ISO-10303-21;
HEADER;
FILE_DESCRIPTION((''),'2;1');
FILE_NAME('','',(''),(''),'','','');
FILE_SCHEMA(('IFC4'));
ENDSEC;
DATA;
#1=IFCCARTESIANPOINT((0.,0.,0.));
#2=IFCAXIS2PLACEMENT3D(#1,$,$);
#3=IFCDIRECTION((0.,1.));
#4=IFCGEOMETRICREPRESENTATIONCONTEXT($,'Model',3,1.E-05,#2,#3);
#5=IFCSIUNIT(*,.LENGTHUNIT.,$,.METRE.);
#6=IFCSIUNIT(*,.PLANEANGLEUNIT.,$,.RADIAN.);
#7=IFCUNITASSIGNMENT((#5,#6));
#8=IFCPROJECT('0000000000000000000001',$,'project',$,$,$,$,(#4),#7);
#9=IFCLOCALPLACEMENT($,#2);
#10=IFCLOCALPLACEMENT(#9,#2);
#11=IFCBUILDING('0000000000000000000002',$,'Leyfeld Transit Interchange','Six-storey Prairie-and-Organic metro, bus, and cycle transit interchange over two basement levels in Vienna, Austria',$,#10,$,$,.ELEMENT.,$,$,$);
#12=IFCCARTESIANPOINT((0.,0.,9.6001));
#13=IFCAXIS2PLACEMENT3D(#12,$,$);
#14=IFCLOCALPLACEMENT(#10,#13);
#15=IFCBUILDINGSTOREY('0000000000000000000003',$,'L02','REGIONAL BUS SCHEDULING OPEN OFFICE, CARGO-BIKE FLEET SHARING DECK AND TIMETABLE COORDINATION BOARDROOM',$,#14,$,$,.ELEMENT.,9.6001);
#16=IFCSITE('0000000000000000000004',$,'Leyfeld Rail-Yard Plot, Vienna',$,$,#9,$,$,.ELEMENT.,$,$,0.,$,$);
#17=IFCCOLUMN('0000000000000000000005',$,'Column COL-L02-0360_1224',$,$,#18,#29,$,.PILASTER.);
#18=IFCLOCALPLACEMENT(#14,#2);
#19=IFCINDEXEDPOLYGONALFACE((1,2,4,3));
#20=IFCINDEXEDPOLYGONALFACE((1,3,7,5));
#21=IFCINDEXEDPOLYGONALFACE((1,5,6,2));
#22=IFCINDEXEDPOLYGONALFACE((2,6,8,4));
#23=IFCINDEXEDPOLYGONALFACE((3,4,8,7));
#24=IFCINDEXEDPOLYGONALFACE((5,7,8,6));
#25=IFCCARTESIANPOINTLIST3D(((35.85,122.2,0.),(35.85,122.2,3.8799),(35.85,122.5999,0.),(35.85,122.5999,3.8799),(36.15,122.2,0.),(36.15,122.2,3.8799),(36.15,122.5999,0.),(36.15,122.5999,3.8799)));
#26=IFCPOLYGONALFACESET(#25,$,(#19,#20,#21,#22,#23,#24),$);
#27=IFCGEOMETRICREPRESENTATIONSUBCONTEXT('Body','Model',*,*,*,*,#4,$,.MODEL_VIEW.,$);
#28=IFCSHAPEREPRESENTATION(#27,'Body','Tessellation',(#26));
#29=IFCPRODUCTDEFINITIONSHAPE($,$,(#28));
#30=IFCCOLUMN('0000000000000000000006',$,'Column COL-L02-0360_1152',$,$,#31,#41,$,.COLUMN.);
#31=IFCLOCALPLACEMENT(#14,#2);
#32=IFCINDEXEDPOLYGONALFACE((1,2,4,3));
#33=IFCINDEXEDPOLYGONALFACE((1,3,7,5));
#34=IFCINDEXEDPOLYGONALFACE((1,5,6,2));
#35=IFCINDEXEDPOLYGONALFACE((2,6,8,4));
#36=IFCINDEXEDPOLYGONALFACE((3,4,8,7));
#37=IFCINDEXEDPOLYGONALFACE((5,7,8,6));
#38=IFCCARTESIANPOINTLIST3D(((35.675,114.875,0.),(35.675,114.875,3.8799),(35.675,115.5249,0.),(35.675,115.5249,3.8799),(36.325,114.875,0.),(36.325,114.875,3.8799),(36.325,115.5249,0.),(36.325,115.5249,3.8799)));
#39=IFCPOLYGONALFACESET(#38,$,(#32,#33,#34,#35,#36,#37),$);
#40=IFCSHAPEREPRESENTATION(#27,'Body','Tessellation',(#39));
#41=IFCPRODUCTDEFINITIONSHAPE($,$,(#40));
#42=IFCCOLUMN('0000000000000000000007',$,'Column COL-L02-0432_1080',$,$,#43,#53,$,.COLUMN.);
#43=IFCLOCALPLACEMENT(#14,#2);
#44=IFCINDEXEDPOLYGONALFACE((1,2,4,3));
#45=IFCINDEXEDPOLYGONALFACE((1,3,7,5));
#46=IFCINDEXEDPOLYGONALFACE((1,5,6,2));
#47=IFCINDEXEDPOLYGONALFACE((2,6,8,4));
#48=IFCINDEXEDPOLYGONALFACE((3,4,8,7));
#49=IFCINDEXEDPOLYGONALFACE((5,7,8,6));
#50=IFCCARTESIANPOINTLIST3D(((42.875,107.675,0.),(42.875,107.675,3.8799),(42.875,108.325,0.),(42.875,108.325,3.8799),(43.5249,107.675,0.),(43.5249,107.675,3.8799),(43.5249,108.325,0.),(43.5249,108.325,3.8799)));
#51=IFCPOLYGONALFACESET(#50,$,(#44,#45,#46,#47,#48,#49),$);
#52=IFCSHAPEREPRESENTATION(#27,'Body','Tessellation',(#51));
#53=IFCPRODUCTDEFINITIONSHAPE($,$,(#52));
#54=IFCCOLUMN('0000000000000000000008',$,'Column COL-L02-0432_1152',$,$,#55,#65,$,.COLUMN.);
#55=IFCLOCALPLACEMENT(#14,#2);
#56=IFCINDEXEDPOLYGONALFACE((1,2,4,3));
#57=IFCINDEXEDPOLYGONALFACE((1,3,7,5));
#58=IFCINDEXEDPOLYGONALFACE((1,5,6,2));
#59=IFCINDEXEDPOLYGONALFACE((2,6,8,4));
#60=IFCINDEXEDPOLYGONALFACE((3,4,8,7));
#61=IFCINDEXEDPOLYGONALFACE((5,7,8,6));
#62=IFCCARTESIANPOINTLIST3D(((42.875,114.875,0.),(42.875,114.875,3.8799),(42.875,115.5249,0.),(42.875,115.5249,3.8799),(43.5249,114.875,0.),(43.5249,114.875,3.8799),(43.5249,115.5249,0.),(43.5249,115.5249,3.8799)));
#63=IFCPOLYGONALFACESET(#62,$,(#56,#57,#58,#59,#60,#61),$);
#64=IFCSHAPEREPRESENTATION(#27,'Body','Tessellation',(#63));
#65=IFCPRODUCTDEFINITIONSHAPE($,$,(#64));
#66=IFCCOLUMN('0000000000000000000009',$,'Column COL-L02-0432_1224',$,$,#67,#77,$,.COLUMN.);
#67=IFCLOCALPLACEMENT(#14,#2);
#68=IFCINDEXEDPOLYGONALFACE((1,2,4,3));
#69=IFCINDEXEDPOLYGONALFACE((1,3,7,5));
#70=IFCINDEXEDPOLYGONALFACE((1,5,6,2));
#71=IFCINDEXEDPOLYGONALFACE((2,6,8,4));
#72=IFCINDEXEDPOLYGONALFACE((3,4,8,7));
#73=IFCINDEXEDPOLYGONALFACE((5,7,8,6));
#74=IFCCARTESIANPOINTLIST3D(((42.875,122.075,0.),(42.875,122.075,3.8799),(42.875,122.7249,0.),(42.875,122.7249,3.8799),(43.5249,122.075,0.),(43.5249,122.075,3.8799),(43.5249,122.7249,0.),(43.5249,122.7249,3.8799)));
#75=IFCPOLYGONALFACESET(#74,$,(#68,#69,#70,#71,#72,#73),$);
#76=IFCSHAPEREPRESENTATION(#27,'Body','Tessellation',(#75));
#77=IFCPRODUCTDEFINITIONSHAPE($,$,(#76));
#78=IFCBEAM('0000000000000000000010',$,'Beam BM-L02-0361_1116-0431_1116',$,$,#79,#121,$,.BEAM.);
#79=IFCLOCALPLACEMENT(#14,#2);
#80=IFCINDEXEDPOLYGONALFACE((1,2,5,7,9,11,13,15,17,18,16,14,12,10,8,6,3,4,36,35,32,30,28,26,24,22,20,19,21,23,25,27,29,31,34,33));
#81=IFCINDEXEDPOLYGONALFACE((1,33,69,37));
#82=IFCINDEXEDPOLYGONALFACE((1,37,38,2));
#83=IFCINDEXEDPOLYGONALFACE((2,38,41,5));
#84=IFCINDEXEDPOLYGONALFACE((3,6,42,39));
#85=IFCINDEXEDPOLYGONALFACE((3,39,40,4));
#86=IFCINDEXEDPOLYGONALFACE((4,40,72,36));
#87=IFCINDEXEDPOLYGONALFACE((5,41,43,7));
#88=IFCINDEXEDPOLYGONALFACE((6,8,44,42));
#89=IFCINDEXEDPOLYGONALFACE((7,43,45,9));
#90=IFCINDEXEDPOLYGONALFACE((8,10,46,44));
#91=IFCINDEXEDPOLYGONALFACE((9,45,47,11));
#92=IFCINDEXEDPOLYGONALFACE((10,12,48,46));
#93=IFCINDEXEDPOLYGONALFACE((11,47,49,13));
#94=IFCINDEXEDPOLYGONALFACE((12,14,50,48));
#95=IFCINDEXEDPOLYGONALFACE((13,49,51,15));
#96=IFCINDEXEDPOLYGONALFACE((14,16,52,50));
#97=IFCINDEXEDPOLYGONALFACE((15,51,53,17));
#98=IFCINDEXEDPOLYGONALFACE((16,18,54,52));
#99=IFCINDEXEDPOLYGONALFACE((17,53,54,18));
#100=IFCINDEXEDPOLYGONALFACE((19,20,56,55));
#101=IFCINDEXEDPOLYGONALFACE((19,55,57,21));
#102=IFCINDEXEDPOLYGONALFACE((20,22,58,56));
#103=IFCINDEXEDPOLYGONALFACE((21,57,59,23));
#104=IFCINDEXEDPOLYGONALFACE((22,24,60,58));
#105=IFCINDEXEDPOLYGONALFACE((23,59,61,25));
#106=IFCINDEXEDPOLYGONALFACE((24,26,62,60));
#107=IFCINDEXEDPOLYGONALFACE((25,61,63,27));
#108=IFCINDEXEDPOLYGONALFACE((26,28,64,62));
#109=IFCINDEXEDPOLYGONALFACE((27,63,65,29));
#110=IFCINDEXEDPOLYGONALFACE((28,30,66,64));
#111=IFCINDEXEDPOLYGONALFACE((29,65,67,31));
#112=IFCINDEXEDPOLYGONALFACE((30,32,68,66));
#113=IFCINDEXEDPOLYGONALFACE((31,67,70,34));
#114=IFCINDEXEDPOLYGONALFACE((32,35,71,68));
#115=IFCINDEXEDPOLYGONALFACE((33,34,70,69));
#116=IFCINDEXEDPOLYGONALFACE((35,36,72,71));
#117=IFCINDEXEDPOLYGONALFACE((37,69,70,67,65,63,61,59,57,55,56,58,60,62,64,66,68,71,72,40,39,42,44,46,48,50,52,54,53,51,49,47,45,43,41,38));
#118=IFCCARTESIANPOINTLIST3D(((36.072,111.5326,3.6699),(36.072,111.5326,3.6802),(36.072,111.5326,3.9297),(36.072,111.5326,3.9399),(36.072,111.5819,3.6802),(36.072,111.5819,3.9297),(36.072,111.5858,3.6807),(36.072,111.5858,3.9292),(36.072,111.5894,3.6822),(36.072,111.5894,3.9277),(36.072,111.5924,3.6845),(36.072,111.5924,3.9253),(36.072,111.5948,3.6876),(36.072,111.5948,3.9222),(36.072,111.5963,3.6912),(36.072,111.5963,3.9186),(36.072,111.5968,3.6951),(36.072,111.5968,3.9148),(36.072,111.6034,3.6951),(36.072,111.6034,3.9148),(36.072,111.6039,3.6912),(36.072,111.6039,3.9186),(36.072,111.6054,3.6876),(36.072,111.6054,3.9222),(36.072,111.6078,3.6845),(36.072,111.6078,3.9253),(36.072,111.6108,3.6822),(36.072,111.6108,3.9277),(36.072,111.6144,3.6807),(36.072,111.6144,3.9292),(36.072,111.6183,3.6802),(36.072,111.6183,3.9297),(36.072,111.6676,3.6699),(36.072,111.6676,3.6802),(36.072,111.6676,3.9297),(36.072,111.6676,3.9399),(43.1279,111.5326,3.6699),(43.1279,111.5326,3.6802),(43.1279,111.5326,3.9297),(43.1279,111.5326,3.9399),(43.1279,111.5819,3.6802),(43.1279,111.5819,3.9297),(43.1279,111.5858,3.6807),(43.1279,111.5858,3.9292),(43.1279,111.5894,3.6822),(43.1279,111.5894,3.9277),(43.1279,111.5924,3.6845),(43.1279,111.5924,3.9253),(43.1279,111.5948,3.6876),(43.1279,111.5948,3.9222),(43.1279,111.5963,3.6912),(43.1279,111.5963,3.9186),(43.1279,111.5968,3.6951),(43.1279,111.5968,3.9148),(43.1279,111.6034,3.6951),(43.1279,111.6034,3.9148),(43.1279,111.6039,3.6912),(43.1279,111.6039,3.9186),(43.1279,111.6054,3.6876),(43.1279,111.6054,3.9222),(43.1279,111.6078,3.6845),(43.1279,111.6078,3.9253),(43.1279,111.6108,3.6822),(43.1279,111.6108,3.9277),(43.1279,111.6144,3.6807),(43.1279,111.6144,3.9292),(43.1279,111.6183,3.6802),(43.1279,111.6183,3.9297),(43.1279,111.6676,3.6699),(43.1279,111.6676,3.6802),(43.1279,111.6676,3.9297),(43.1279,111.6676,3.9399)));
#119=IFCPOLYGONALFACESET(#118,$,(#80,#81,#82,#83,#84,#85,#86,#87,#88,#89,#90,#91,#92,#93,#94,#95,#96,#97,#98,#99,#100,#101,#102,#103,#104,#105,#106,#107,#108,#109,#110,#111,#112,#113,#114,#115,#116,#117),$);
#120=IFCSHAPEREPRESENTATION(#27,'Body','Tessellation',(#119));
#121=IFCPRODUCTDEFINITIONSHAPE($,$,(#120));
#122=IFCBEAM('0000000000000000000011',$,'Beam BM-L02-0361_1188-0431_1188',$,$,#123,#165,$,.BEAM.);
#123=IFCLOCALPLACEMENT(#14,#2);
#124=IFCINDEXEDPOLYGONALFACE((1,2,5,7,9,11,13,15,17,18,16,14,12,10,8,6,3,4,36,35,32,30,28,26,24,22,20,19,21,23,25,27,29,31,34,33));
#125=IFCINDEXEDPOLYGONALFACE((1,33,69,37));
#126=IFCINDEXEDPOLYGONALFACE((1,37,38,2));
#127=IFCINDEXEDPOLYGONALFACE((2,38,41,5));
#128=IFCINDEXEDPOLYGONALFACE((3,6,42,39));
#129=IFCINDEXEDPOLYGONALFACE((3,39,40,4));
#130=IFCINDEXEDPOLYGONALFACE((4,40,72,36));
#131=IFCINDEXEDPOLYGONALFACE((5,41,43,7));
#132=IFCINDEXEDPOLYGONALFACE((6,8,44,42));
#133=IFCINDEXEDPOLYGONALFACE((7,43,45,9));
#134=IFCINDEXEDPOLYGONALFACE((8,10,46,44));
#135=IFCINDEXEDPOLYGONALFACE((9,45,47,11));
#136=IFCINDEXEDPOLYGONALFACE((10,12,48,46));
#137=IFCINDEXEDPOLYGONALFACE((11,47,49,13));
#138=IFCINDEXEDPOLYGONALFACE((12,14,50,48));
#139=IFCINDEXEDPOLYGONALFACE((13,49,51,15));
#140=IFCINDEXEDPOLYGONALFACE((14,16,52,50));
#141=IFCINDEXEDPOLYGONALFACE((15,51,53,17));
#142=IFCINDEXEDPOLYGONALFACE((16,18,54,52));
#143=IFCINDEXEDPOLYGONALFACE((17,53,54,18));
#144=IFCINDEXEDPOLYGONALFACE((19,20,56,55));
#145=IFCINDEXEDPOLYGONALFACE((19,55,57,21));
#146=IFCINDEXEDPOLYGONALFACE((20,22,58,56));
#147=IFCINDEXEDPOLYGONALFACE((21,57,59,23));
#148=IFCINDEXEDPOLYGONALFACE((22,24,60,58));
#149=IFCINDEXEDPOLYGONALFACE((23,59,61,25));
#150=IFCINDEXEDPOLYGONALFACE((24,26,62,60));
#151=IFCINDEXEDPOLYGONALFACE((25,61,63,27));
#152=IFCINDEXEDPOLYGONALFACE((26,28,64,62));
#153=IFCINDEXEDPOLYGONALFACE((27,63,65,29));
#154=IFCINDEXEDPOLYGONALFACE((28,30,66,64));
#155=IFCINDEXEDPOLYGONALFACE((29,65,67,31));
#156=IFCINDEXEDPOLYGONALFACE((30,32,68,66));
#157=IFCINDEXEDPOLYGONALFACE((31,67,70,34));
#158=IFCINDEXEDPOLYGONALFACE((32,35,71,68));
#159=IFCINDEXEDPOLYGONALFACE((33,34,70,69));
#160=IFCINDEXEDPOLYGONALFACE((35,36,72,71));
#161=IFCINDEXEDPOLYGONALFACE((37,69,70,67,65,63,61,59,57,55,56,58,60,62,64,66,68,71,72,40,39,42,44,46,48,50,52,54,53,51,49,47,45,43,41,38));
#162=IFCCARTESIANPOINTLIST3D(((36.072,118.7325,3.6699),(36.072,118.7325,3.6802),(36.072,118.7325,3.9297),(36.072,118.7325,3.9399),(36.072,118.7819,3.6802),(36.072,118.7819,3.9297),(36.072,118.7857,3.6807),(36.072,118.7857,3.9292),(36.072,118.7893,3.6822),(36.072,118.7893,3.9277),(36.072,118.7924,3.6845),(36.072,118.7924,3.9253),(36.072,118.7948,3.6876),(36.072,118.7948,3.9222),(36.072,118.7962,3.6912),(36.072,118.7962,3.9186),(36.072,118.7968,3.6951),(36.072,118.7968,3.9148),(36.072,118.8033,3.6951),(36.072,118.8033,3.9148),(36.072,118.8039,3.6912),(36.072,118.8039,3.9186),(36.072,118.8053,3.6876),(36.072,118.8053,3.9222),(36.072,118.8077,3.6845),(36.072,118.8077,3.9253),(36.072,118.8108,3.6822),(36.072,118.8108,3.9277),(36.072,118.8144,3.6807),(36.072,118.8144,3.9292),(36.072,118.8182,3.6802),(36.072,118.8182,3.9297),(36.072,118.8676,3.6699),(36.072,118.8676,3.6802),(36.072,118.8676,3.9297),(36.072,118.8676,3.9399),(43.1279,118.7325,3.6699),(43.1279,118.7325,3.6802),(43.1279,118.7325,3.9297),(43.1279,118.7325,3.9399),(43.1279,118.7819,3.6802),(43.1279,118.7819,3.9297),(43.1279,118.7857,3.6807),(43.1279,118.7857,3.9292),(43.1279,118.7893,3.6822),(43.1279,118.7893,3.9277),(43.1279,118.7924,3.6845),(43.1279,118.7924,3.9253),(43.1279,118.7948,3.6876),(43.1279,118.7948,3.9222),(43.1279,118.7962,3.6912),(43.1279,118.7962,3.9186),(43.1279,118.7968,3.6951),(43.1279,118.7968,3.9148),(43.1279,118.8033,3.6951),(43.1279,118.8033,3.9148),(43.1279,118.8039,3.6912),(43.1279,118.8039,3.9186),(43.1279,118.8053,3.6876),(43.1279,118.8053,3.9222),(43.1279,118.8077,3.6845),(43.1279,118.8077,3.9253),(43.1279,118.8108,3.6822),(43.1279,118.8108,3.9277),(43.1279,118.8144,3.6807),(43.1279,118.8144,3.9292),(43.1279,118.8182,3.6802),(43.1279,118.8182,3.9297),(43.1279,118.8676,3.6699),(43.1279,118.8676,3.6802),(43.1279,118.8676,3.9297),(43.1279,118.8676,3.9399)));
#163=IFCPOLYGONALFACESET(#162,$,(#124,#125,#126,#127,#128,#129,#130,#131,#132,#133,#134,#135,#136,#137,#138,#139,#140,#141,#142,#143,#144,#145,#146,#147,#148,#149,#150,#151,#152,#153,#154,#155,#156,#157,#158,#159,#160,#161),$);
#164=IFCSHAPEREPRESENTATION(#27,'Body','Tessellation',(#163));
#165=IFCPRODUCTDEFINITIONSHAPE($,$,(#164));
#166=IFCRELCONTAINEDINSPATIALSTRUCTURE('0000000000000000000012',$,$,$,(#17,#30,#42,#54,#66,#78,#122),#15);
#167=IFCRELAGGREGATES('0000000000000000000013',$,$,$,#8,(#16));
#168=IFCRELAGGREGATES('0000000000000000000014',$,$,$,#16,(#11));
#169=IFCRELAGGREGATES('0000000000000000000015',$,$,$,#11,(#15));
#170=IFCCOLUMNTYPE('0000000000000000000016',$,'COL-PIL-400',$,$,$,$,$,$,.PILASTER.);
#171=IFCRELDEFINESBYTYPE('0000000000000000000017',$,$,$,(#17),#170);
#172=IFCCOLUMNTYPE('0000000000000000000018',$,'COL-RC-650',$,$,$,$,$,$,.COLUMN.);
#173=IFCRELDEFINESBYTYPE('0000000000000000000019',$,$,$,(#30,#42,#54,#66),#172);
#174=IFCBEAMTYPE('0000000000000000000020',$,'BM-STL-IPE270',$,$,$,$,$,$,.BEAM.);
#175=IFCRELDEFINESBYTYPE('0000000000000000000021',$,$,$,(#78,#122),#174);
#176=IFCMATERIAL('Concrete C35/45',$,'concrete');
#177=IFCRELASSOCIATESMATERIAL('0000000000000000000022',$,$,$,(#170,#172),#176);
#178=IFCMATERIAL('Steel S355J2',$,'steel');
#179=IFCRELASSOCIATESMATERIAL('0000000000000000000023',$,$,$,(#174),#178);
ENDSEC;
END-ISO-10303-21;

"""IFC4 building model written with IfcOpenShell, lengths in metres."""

from ifc_helpers import new_model, si_unit, direction, frame, origin, origin_2d, place, context, subcontext, project, spatial, rectangle, i_section, extrude, material, material_profile, profile_set, type_object, element, save


model = new_model("IFC4")

# Units and contexts
model_context = context("Model", 3, precision=1e-05, world=origin(), true_north=direction((0.0, 1.0)))
body_context = subcontext(model_context, "Body", "Model", "MODEL_VIEW")
ifc_project = project(units=[si_unit("LENGTHUNIT", "METRE"), si_unit("PLANEANGLEUNIT", "RADIAN")], contexts=[model_context])

# Site, building, storey
site_placement = place(None, origin())
site = spatial("IfcSite", under=ifc_project, at=site_placement, Name="Leyfeld Rail-Yard Plot, Vienna", CompositionType="ELEMENT", RefElevation=0.0)
building_placement = place(site_placement, origin())
building = spatial("IfcBuilding", under=site, at=building_placement, Name="Leyfeld Transit Interchange", Description="Six-storey Prairie-and-Organic metro, bus, and cycle transit interchange over two basement levels in Vienna, Austria", CompositionType="ELEMENT")
storey_placement = place(building_placement, frame((0.0, 0.0, 9.6001)))
storey = spatial("IfcBuildingStorey", under=building, at=storey_placement, Name="L02", Description="REGIONAL BUS SCHEDULING OPEN OFFICE, CARGO-BIKE FLEET SHARING DECK AND TIMETABLE COORDINATION BOARDROOM", CompositionType="ELEMENT", Elevation=9.6001)

# Columns
ifc_material_1 = material(Name="Concrete C35/45", Category="concrete")
ifc_material_profile_1 = material_profile(ifc_material_1, rectangle(XDim=0.3, YDim=0.3999, at=origin_2d()), Name="RC 400x300")
ifc_profile_set_1 = profile_set([ifc_material_profile_1], Name="Concrete C35/45")
column_type_1 = type_object("IfcColumnType", Name="COL-PIL-400", PredefinedType="PILASTER", material=ifc_profile_set_1)
column_placement = place(storey_placement, frame((36.0, 122.3999, 0.0), z_axis=(0.0, 0.0, 1.0), x_axis=(1.0, 0.0, 0.0)))
element("IfcColumn", 1, at=column_placement, inside=storey, type_object=column_type_1, Name="Column COL-L02-0360_1224", PredefinedType="PILASTER", context=body_context, shape_type="SweptSolid", body=[
    extrude(rectangle(XDim=0.3, YDim=0.3999, at=origin_2d()), origin(), (0.0, 0.0, 1.0), 3.8799),
])
ifc_material_profile_2 = material_profile(ifc_material_1, rectangle(XDim=0.6499, YDim=0.6499, at=origin_2d()), Name="RC 650x650")
ifc_profile_set_2 = profile_set([ifc_material_profile_2], Name="Concrete C35/45")
column_type_2 = type_object("IfcColumnType", Name="COL-RC-650", PredefinedType="COLUMN", material=ifc_profile_set_2)
for number, where, z_axis, x_axis, name in (
    (2, (36.0, 115.2, 0.0), (0.0, 0.0, 1.0), (1.0, 0.0, 0.0), "Column COL-L02-0360_1152"),
    (3, (43.2, 108.0, 0.0), (0.0, 0.0, 1.0), (1.0, 0.0, 0.0), "Column COL-L02-0432_1080"),
    (4, (43.2, 115.2, 0.0), (0.0, 0.0, 1.0), (1.0, 0.0, 0.0), "Column COL-L02-0432_1152"),
    (5, (43.2, 122.3999, 0.0), (0.0, 0.0, 1.0), (1.0, 0.0, 0.0), "Column COL-L02-0432_1224"),
):
    element("IfcColumn", number, at=place(storey_placement, frame(where, z_axis=z_axis, x_axis=x_axis)), inside=storey, type_object=column_type_2, Name=name, PredefinedType="COLUMN", context=body_context, shape_type="SweptSolid", body=[
        extrude(rectangle(XDim=0.6499, YDim=0.6499, at=origin_2d()), origin(), (0.0, 0.0, 1.0), 3.8799),
    ])

# Beams
ifc_material_2 = material(Name="Steel S355J2", Category="steel")
ifc_material_profile_3 = material_profile(ifc_material_2, i_section(OverallWidth=0.135, OverallDepth=0.27, WebThickness=0.0066, FlangeThickness=0.0103, FilletRadius=0.0149, at=origin_2d()), Name="IPE 270")
ifc_profile_set_3 = profile_set([ifc_material_profile_3], Name="Steel S355J2")
beam_type_1 = type_object("IfcBeamType", Name="BM-STL-IPE270", PredefinedType="BEAM", material=ifc_profile_set_3)
for number, where, z_axis, x_axis, name in (
    (6, (36.072, 111.6001, 3.8049), (1.0, 0.0, 0.0), (0.0, 1.0, 0.0), "Beam BM-L02-0361_1116-0431_1116"),
    (7, (36.072, 118.8, 3.8049), (1.0, 0.0, 0.0), (0.0, 1.0, 0.0), "Beam BM-L02-0361_1188-0431_1188"),
):
    element("IfcBeam", number, at=place(storey_placement, frame(where, z_axis=z_axis, x_axis=x_axis)), inside=storey, type_object=beam_type_1, Name=name, PredefinedType="BEAM", context=body_context, shape_type="SweptSolid", body=[
        extrude(i_section(OverallWidth=0.135, OverallDepth=0.27, WebThickness=0.0066, FlangeThickness=0.0103, FilletRadius=0.0149, at=origin_2d()), origin(), (0.0, 0.0, 1.0), 7.0559),
    ])

save(model, "model.ifc")
